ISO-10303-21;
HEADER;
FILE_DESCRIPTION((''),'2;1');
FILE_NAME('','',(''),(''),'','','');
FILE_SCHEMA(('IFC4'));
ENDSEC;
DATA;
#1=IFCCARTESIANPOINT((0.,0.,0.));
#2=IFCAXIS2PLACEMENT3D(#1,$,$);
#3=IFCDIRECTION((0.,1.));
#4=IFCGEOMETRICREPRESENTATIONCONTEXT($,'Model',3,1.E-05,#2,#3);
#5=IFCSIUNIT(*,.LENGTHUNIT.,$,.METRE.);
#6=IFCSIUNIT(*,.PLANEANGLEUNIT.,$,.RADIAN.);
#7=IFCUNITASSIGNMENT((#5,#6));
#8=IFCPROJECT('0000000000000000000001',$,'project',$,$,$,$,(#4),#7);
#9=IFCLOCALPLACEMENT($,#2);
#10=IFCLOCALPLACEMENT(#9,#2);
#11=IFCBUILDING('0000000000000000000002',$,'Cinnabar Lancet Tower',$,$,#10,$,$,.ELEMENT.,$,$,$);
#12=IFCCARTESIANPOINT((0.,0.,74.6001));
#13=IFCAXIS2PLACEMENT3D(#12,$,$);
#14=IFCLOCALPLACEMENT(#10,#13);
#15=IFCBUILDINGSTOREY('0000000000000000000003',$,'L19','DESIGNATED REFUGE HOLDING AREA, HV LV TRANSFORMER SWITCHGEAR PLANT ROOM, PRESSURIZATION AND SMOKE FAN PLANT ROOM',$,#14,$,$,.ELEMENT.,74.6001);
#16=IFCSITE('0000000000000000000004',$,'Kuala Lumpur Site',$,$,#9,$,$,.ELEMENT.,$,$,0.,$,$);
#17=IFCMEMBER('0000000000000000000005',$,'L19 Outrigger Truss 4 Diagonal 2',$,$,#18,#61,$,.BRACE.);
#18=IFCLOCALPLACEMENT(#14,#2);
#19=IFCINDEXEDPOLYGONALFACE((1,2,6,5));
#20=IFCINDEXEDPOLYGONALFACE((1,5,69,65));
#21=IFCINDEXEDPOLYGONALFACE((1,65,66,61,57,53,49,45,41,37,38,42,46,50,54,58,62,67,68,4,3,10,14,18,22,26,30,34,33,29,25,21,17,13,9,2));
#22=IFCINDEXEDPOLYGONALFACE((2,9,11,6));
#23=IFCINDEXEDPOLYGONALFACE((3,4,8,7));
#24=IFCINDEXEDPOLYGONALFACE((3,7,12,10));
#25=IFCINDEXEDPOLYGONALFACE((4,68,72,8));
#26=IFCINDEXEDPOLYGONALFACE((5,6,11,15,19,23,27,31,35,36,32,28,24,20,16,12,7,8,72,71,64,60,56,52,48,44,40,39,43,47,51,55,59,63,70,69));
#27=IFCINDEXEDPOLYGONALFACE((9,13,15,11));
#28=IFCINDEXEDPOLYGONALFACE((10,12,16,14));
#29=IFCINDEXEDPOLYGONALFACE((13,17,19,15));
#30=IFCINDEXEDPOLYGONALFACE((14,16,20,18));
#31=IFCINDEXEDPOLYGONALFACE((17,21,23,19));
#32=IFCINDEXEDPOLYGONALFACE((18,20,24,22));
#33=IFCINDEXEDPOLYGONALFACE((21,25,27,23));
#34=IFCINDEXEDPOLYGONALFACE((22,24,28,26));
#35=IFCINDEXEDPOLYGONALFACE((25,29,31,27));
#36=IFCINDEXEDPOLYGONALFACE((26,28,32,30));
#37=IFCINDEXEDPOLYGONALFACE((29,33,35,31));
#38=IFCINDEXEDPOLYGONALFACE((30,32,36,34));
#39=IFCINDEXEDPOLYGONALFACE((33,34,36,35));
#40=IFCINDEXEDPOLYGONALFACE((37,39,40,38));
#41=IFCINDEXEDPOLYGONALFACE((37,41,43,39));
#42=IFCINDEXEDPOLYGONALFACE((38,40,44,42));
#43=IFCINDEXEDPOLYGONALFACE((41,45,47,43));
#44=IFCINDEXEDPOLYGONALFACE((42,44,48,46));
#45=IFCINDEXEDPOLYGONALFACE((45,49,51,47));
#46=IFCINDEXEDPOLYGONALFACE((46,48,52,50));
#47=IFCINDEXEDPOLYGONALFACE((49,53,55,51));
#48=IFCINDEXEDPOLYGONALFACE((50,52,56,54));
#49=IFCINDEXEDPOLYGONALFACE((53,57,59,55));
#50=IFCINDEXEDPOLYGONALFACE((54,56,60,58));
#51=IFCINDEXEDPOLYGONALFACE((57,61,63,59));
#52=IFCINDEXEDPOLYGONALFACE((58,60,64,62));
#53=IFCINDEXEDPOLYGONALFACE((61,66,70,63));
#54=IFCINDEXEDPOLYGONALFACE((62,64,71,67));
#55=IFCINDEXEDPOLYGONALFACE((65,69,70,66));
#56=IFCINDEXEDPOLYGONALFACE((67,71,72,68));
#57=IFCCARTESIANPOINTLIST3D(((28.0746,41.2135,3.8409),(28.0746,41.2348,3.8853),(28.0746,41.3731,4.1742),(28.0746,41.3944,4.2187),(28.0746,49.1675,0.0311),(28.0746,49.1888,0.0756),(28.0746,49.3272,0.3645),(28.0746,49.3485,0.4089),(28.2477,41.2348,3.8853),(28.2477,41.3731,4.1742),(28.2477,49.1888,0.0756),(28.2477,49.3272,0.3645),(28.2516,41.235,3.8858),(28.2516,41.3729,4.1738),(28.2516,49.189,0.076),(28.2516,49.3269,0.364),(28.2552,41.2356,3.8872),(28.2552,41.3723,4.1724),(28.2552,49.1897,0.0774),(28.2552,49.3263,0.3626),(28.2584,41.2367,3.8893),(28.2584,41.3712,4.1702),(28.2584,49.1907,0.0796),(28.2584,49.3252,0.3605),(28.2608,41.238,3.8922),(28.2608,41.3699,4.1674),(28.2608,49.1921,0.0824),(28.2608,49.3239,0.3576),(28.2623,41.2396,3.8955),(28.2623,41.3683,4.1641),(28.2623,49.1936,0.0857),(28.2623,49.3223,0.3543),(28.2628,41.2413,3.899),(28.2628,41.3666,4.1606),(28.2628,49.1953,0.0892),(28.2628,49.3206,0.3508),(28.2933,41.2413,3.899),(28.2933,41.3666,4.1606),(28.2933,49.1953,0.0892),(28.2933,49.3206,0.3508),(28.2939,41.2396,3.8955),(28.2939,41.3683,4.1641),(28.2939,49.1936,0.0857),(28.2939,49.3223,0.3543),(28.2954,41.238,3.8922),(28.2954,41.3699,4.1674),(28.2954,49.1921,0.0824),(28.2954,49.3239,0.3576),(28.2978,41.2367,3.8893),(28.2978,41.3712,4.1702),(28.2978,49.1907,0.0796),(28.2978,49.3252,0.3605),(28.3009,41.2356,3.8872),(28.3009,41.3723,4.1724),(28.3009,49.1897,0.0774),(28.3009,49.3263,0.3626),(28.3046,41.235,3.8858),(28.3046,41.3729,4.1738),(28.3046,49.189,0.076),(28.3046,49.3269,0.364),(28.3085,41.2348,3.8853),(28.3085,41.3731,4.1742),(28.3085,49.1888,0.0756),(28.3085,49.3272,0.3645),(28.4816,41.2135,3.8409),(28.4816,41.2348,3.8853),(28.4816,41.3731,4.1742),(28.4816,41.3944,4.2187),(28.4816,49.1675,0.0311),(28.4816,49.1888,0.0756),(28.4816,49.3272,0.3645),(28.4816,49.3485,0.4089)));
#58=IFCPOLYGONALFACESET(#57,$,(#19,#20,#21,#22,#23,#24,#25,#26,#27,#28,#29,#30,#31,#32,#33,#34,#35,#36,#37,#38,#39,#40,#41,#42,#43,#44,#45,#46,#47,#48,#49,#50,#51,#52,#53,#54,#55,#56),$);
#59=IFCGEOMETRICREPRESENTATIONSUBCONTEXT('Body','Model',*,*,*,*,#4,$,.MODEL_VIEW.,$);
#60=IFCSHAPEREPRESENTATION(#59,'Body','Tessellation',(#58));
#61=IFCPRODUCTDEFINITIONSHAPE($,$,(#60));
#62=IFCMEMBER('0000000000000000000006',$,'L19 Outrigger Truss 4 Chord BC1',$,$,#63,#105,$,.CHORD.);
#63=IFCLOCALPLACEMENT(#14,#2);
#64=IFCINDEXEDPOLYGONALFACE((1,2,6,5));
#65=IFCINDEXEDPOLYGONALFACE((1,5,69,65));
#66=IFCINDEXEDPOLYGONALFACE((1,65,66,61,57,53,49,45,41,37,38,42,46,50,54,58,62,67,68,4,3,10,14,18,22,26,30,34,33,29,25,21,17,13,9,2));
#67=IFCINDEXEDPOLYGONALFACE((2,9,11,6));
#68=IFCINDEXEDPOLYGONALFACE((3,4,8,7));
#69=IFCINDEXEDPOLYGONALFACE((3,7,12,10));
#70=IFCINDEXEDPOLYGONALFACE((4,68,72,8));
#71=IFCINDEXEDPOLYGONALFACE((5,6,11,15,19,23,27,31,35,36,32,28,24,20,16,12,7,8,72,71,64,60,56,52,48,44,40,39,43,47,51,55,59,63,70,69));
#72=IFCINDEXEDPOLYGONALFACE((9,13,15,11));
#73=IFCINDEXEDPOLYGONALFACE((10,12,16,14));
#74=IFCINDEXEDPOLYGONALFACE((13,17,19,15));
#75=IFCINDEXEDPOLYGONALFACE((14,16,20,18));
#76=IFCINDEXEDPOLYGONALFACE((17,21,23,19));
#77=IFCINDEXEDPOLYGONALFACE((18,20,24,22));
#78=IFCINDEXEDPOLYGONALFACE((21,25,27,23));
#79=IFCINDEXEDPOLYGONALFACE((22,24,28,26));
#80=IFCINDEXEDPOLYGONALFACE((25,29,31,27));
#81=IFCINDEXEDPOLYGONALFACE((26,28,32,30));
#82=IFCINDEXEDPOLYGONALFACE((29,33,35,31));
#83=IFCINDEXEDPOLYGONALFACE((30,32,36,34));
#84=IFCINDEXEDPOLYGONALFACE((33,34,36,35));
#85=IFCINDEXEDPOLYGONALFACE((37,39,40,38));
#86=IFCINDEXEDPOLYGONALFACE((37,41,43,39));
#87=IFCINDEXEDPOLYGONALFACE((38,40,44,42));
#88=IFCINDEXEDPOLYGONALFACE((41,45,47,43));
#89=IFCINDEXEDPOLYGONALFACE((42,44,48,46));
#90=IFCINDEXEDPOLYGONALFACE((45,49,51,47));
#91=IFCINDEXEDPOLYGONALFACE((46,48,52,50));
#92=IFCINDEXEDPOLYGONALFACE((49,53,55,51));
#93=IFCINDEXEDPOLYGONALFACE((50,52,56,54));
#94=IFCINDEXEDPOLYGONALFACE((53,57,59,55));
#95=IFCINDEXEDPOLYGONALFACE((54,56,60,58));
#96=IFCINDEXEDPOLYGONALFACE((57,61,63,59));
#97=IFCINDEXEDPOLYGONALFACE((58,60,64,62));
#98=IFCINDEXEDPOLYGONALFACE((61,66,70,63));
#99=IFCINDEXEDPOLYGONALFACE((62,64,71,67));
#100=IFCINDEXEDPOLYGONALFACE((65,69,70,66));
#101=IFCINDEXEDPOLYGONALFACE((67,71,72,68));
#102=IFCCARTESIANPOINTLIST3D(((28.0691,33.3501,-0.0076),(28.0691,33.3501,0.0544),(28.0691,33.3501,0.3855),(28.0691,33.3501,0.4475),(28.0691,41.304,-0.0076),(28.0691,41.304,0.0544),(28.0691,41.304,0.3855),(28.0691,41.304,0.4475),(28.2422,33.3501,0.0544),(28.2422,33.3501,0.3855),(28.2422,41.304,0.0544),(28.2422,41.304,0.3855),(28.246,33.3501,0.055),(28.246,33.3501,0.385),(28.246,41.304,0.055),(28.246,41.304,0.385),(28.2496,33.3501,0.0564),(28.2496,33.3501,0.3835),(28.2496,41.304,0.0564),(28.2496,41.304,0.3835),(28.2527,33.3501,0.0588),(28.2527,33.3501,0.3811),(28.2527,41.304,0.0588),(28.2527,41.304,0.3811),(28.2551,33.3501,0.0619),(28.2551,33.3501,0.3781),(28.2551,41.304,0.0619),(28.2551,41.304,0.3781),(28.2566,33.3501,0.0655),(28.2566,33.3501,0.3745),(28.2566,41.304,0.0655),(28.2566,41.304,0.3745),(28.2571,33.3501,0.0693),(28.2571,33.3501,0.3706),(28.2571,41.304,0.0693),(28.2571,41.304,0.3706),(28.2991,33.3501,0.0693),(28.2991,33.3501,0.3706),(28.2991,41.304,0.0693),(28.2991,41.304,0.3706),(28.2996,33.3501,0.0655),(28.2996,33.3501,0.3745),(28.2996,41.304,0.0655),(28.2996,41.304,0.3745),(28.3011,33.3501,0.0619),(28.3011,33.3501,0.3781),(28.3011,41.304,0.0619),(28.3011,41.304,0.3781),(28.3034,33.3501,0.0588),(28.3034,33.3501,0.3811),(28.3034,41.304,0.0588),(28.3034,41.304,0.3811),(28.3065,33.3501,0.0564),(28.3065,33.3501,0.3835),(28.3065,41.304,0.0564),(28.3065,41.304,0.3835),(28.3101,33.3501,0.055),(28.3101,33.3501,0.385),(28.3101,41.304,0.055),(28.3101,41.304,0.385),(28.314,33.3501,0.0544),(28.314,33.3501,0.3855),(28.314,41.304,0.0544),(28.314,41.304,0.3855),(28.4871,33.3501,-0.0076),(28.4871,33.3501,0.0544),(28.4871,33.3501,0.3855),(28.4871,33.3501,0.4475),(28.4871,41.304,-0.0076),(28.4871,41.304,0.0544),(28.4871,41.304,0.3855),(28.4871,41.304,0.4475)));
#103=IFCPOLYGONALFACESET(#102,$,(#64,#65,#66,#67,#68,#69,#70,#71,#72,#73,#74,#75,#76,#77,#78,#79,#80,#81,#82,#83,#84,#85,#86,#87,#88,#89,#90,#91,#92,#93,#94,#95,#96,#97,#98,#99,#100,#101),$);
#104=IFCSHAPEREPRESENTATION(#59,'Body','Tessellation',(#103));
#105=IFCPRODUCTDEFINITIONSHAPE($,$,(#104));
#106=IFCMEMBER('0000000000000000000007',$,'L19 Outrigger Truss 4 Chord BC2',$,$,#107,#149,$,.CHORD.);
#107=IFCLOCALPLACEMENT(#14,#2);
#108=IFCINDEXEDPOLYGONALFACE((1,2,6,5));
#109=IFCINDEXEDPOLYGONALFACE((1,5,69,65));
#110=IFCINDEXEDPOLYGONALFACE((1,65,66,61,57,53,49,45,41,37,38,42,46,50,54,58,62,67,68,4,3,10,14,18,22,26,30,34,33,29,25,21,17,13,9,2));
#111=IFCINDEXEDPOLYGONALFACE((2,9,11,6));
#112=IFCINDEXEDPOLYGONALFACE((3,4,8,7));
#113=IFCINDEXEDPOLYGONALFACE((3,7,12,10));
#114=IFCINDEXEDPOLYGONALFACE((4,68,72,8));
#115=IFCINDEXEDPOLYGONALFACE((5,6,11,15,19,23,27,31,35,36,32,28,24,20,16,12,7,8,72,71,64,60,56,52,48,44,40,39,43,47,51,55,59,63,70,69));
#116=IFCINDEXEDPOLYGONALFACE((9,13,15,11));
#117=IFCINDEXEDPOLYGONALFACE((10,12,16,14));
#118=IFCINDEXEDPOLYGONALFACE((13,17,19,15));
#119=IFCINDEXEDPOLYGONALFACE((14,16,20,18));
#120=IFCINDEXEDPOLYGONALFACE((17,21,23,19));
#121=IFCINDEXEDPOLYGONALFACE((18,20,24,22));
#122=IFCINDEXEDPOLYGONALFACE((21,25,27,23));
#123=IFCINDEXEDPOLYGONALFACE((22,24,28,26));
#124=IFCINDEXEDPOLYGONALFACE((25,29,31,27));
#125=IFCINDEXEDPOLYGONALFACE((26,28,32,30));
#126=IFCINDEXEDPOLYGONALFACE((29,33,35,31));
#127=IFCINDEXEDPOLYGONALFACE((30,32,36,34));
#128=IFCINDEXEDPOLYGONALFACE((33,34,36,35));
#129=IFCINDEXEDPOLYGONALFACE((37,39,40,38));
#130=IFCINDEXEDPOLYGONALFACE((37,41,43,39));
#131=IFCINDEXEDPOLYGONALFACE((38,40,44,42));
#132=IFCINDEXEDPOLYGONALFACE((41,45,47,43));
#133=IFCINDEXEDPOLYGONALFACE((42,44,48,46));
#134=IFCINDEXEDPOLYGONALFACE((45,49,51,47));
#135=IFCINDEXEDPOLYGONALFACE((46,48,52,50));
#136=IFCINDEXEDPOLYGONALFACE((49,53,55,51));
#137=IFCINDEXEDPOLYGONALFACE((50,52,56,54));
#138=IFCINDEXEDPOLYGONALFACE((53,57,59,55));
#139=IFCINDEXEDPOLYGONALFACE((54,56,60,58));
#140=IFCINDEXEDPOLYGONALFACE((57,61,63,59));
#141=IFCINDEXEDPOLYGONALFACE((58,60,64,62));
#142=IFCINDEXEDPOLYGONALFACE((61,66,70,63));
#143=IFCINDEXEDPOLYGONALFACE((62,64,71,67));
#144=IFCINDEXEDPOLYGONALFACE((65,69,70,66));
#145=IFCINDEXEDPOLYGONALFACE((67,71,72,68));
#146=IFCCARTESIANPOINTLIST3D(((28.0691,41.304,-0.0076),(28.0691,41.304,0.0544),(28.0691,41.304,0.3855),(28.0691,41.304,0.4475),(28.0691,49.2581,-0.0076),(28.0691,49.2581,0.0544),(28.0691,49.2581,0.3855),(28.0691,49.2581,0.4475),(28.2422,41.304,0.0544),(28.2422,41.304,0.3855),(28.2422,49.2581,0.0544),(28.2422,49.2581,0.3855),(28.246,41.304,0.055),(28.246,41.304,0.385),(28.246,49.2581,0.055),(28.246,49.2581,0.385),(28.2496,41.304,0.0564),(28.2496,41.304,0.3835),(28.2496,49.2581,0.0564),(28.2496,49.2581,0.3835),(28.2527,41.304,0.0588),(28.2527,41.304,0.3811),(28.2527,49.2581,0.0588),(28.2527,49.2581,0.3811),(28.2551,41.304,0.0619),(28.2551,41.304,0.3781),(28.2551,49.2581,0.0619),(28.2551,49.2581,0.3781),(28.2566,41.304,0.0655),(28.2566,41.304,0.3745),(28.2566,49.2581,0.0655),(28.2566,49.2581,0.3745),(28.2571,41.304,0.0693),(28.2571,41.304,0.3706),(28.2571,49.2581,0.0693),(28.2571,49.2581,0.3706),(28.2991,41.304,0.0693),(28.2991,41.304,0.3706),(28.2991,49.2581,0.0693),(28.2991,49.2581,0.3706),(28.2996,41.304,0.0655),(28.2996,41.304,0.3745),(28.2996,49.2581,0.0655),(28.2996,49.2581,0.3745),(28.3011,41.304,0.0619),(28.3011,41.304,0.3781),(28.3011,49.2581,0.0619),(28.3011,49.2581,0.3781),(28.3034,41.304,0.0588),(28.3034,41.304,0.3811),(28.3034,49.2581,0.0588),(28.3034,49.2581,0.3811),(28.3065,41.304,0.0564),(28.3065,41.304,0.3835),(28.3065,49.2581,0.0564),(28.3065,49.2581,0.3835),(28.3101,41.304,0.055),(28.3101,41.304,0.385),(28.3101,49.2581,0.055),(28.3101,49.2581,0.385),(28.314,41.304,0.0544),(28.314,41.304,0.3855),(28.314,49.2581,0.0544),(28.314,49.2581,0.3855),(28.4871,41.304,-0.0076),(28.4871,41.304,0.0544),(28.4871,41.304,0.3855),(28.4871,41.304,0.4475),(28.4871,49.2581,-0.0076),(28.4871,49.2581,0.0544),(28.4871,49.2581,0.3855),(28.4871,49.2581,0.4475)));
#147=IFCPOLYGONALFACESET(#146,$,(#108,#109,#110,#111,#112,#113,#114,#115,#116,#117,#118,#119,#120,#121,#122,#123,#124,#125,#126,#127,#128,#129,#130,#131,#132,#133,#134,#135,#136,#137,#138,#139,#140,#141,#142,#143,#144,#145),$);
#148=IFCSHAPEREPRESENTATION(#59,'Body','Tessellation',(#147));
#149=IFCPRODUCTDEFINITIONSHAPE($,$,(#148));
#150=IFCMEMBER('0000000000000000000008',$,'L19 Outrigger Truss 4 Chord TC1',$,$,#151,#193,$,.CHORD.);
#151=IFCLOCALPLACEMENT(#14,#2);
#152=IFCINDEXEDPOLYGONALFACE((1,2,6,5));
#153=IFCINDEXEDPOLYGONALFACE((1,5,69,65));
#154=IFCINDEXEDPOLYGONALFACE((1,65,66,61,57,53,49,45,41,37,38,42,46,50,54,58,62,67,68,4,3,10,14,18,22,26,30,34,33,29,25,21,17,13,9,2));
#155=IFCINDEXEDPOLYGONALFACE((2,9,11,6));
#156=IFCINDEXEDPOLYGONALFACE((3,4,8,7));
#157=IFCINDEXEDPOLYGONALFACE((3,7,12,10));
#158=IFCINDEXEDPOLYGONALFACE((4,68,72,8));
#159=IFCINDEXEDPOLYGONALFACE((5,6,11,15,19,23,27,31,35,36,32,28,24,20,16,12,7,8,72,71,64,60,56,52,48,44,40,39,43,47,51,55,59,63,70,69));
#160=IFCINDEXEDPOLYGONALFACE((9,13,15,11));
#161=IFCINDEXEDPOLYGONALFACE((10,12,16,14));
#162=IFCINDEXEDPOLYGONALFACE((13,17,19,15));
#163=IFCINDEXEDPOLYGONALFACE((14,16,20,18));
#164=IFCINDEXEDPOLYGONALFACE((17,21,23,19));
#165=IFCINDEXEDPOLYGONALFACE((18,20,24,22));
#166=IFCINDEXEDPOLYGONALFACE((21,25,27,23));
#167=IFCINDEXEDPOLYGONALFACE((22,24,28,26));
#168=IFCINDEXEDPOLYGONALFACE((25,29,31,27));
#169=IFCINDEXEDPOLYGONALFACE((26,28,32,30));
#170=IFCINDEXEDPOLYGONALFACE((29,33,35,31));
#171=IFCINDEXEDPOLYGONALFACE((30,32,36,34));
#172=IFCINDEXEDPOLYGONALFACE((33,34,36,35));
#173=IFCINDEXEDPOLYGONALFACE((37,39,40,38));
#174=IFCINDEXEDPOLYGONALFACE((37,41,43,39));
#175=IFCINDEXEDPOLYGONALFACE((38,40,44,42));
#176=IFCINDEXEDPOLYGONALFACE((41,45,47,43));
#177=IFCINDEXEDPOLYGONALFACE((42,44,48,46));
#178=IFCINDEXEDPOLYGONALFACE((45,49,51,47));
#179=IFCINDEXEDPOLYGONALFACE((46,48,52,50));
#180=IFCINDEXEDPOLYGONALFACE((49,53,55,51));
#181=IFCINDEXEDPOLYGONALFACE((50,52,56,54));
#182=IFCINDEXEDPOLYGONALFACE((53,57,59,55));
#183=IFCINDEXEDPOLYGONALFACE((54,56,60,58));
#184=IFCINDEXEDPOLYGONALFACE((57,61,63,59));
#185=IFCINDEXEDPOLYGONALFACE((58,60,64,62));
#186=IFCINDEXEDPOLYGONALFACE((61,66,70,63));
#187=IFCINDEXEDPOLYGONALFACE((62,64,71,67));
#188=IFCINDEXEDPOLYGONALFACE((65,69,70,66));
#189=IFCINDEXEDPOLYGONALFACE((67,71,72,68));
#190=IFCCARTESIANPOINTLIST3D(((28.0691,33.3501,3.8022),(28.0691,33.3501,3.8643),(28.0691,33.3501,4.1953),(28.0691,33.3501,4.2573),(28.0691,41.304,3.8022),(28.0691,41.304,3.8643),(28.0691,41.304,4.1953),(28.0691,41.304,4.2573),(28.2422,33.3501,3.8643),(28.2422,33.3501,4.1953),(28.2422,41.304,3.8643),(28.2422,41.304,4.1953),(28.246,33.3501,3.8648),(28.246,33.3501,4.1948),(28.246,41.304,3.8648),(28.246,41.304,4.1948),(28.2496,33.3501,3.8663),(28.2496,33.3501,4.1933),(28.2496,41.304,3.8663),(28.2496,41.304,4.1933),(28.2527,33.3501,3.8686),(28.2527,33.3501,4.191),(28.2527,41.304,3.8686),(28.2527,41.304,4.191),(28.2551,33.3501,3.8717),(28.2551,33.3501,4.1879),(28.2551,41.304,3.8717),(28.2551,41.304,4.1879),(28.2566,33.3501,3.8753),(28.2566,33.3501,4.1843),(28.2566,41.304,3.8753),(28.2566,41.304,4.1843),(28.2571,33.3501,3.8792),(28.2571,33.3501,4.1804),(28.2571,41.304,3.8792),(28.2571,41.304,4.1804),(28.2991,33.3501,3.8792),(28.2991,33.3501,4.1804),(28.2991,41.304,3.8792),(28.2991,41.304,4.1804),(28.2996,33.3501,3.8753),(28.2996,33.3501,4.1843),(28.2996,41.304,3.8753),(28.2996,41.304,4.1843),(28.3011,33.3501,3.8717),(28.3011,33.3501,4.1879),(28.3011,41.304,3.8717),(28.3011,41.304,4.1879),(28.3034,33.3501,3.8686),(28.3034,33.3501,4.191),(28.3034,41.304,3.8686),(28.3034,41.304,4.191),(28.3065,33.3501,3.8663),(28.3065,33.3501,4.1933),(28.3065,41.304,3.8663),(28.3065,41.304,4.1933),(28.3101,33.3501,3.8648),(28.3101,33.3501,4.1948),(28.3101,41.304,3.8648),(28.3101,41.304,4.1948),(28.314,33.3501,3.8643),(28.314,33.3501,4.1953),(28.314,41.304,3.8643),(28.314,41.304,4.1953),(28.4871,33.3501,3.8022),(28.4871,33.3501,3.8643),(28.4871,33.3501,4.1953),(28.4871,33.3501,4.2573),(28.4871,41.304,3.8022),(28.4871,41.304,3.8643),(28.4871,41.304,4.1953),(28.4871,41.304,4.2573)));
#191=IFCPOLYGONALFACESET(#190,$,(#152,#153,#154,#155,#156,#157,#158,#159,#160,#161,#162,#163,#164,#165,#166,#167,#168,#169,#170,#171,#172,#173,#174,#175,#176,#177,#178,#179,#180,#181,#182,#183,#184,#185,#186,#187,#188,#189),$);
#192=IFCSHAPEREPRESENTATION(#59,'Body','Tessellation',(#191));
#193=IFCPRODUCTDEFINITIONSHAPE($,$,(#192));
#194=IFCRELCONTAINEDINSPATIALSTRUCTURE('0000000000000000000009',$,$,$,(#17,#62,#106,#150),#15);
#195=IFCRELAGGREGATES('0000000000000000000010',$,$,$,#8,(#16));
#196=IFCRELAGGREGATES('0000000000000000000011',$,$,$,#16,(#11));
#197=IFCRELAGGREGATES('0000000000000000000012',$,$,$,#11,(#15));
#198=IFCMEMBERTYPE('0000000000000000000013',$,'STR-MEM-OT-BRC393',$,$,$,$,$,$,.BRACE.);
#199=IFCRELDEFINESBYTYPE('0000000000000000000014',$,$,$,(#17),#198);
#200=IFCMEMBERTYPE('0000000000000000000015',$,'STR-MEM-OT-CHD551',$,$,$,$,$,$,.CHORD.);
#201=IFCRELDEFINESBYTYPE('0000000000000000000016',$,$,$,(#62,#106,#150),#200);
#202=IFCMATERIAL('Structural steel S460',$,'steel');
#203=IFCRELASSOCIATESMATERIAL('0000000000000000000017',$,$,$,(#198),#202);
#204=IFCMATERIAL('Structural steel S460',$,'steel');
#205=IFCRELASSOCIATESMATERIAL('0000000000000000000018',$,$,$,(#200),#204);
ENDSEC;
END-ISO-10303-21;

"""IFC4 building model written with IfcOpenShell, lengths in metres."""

from ifc_helpers import new_model, si_unit, direction, frame, origin, origin_2d, place, context, subcontext, project, spatial, i_section, extrude, material, material_profile, profile_set, type_object, element, save


model = new_model("IFC4")

# Units and contexts
model_context = context("Model", 3, precision=1e-05, world=origin(), true_north=direction((0.0, 1.0)))
body_context = subcontext(model_context, "Body", "Model", "MODEL_VIEW")
ifc_project = project(units=[si_unit("LENGTHUNIT", "METRE"), si_unit("PLANEANGLEUNIT", "RADIAN")], contexts=[model_context])

# Site, building, storey
site_placement = place(None, origin())
site = spatial("IfcSite", under=ifc_project, at=site_placement, Name="Kuala Lumpur Site", CompositionType="ELEMENT", RefElevation=0.0)
building_placement = place(site_placement, origin())
building = spatial("IfcBuilding", under=site, at=building_placement, Name="Cinnabar Lancet Tower", CompositionType="ELEMENT")
storey_placement = place(building_placement, frame((0.0, 0.0, 74.6001)))
storey = spatial("IfcBuildingStorey", under=building, at=storey_placement, Name="L19", Description="DESIGNATED REFUGE HOLDING AREA, HV LV TRANSFORMER SWITCHGEAR PLANT ROOM, PRESSURIZATION AND SMOKE FAN PLANT ROOM", CompositionType="ELEMENT", Elevation=74.6001)

# Members
ifc_material_1 = material(Name="Structural steel S460", Category="steel")
ifc_material_profile_1 = material_profile(ifc_material_1, i_section(OverallWidth=0.407, OverallDepth=0.4189, WebThickness=0.0305, FlangeThickness=0.0493, FilletRadius=0.0151, at=origin_2d()), Name="UKC 356x406x393")
ifc_profile_set_1 = profile_set([ifc_material_profile_1], Name="Structural steel S460")
member_type_1 = type_object("IfcMemberType", Name="STR-MEM-OT-BRC393", PredefinedType="BRACE", material=ifc_profile_set_1)
for number, where, z_axis, x_axis, name in (
    (1, (28.2781, 41.304, 4.0298), (0.0, 0.901883, -0.431979), (-1.0, 0.0, 0.0), "L19 Outrigger Truss 4 Diagonal 2"),
):
    element("IfcMember", number, at=place(storey_placement, frame(where, z_axis=z_axis, x_axis=x_axis)), inside=storey, type_object=member_type_1, Name=name, PredefinedType="BRACE", context=body_context, shape_type="SweptSolid", body=[
        extrude(i_section(OverallWidth=0.407, OverallDepth=0.4189, WebThickness=0.0305, FlangeThickness=0.0493, FilletRadius=0.0151, at=origin_2d()), origin(), (0.0, 0.0, 1.0), 8.8193),
    ])
ifc_material_2 = material(Name="Structural steel S460", Category="steel")
ifc_material_profile_2 = material_profile(ifc_material_2, i_section(OverallWidth=0.418, OverallDepth=0.4551, WebThickness=0.042, FlangeThickness=0.062, FilletRadius=0.0149, at=origin_2d()), Name="HD 400x551")
ifc_profile_set_2 = profile_set([ifc_material_profile_2], Name="Structural steel S460")
member_type_2 = type_object("IfcMemberType", Name="STR-MEM-OT-CHD551", PredefinedType="CHORD", material=ifc_profile_set_2)
member_1_placement = place(storey_placement, frame((28.2781, 33.3501, 0.22), z_axis=(0.0, 1.0, 0.0), x_axis=(-1.0, 0.0, 0.0)))
element("IfcMember", 2, at=member_1_placement, inside=storey, type_object=member_type_2, Name="L19 Outrigger Truss 4 Chord BC1", PredefinedType="CHORD", context=body_context, shape_type="SweptSolid", body=[
    extrude(i_section(OverallWidth=0.418, OverallDepth=0.4551, WebThickness=0.042, FlangeThickness=0.062, FilletRadius=0.0149, at=origin_2d()), origin(), (0.0, 0.0, 1.0), 7.9539),
])
member_2_placement = place(storey_placement, frame((28.2781, 41.304, 0.22), z_axis=(0.0, 1.0, 0.0), x_axis=(-1.0, 0.0, 0.0)))
element("IfcMember", 3, at=member_2_placement, inside=storey, type_object=member_type_2, Name="L19 Outrigger Truss 4 Chord BC2", PredefinedType="CHORD", context=body_context, shape_type="SweptSolid", body=[
    extrude(i_section(OverallWidth=0.418, OverallDepth=0.4551, WebThickness=0.042, FlangeThickness=0.062, FilletRadius=0.0149, at=origin_2d()), origin(), (0.0, 0.0, 1.0), 7.9541),
])
member_3_placement = place(storey_placement, frame((28.2781, 33.3501, 4.0298), z_axis=(0.0, 1.0, 0.0), x_axis=(-1.0, 0.0, 0.0)))
element("IfcMember", 4, at=member_3_placement, inside=storey, type_object=member_type_2, Name="L19 Outrigger Truss 4 Chord TC1", PredefinedType="CHORD", context=body_context, shape_type="SweptSolid", body=[
    extrude(i_section(OverallWidth=0.418, OverallDepth=0.4551, WebThickness=0.042, FlangeThickness=0.062, FilletRadius=0.0149, at=origin_2d()), origin(), (0.0, 0.0, 1.0), 7.9539),
])

save(model, "model.ifc")
